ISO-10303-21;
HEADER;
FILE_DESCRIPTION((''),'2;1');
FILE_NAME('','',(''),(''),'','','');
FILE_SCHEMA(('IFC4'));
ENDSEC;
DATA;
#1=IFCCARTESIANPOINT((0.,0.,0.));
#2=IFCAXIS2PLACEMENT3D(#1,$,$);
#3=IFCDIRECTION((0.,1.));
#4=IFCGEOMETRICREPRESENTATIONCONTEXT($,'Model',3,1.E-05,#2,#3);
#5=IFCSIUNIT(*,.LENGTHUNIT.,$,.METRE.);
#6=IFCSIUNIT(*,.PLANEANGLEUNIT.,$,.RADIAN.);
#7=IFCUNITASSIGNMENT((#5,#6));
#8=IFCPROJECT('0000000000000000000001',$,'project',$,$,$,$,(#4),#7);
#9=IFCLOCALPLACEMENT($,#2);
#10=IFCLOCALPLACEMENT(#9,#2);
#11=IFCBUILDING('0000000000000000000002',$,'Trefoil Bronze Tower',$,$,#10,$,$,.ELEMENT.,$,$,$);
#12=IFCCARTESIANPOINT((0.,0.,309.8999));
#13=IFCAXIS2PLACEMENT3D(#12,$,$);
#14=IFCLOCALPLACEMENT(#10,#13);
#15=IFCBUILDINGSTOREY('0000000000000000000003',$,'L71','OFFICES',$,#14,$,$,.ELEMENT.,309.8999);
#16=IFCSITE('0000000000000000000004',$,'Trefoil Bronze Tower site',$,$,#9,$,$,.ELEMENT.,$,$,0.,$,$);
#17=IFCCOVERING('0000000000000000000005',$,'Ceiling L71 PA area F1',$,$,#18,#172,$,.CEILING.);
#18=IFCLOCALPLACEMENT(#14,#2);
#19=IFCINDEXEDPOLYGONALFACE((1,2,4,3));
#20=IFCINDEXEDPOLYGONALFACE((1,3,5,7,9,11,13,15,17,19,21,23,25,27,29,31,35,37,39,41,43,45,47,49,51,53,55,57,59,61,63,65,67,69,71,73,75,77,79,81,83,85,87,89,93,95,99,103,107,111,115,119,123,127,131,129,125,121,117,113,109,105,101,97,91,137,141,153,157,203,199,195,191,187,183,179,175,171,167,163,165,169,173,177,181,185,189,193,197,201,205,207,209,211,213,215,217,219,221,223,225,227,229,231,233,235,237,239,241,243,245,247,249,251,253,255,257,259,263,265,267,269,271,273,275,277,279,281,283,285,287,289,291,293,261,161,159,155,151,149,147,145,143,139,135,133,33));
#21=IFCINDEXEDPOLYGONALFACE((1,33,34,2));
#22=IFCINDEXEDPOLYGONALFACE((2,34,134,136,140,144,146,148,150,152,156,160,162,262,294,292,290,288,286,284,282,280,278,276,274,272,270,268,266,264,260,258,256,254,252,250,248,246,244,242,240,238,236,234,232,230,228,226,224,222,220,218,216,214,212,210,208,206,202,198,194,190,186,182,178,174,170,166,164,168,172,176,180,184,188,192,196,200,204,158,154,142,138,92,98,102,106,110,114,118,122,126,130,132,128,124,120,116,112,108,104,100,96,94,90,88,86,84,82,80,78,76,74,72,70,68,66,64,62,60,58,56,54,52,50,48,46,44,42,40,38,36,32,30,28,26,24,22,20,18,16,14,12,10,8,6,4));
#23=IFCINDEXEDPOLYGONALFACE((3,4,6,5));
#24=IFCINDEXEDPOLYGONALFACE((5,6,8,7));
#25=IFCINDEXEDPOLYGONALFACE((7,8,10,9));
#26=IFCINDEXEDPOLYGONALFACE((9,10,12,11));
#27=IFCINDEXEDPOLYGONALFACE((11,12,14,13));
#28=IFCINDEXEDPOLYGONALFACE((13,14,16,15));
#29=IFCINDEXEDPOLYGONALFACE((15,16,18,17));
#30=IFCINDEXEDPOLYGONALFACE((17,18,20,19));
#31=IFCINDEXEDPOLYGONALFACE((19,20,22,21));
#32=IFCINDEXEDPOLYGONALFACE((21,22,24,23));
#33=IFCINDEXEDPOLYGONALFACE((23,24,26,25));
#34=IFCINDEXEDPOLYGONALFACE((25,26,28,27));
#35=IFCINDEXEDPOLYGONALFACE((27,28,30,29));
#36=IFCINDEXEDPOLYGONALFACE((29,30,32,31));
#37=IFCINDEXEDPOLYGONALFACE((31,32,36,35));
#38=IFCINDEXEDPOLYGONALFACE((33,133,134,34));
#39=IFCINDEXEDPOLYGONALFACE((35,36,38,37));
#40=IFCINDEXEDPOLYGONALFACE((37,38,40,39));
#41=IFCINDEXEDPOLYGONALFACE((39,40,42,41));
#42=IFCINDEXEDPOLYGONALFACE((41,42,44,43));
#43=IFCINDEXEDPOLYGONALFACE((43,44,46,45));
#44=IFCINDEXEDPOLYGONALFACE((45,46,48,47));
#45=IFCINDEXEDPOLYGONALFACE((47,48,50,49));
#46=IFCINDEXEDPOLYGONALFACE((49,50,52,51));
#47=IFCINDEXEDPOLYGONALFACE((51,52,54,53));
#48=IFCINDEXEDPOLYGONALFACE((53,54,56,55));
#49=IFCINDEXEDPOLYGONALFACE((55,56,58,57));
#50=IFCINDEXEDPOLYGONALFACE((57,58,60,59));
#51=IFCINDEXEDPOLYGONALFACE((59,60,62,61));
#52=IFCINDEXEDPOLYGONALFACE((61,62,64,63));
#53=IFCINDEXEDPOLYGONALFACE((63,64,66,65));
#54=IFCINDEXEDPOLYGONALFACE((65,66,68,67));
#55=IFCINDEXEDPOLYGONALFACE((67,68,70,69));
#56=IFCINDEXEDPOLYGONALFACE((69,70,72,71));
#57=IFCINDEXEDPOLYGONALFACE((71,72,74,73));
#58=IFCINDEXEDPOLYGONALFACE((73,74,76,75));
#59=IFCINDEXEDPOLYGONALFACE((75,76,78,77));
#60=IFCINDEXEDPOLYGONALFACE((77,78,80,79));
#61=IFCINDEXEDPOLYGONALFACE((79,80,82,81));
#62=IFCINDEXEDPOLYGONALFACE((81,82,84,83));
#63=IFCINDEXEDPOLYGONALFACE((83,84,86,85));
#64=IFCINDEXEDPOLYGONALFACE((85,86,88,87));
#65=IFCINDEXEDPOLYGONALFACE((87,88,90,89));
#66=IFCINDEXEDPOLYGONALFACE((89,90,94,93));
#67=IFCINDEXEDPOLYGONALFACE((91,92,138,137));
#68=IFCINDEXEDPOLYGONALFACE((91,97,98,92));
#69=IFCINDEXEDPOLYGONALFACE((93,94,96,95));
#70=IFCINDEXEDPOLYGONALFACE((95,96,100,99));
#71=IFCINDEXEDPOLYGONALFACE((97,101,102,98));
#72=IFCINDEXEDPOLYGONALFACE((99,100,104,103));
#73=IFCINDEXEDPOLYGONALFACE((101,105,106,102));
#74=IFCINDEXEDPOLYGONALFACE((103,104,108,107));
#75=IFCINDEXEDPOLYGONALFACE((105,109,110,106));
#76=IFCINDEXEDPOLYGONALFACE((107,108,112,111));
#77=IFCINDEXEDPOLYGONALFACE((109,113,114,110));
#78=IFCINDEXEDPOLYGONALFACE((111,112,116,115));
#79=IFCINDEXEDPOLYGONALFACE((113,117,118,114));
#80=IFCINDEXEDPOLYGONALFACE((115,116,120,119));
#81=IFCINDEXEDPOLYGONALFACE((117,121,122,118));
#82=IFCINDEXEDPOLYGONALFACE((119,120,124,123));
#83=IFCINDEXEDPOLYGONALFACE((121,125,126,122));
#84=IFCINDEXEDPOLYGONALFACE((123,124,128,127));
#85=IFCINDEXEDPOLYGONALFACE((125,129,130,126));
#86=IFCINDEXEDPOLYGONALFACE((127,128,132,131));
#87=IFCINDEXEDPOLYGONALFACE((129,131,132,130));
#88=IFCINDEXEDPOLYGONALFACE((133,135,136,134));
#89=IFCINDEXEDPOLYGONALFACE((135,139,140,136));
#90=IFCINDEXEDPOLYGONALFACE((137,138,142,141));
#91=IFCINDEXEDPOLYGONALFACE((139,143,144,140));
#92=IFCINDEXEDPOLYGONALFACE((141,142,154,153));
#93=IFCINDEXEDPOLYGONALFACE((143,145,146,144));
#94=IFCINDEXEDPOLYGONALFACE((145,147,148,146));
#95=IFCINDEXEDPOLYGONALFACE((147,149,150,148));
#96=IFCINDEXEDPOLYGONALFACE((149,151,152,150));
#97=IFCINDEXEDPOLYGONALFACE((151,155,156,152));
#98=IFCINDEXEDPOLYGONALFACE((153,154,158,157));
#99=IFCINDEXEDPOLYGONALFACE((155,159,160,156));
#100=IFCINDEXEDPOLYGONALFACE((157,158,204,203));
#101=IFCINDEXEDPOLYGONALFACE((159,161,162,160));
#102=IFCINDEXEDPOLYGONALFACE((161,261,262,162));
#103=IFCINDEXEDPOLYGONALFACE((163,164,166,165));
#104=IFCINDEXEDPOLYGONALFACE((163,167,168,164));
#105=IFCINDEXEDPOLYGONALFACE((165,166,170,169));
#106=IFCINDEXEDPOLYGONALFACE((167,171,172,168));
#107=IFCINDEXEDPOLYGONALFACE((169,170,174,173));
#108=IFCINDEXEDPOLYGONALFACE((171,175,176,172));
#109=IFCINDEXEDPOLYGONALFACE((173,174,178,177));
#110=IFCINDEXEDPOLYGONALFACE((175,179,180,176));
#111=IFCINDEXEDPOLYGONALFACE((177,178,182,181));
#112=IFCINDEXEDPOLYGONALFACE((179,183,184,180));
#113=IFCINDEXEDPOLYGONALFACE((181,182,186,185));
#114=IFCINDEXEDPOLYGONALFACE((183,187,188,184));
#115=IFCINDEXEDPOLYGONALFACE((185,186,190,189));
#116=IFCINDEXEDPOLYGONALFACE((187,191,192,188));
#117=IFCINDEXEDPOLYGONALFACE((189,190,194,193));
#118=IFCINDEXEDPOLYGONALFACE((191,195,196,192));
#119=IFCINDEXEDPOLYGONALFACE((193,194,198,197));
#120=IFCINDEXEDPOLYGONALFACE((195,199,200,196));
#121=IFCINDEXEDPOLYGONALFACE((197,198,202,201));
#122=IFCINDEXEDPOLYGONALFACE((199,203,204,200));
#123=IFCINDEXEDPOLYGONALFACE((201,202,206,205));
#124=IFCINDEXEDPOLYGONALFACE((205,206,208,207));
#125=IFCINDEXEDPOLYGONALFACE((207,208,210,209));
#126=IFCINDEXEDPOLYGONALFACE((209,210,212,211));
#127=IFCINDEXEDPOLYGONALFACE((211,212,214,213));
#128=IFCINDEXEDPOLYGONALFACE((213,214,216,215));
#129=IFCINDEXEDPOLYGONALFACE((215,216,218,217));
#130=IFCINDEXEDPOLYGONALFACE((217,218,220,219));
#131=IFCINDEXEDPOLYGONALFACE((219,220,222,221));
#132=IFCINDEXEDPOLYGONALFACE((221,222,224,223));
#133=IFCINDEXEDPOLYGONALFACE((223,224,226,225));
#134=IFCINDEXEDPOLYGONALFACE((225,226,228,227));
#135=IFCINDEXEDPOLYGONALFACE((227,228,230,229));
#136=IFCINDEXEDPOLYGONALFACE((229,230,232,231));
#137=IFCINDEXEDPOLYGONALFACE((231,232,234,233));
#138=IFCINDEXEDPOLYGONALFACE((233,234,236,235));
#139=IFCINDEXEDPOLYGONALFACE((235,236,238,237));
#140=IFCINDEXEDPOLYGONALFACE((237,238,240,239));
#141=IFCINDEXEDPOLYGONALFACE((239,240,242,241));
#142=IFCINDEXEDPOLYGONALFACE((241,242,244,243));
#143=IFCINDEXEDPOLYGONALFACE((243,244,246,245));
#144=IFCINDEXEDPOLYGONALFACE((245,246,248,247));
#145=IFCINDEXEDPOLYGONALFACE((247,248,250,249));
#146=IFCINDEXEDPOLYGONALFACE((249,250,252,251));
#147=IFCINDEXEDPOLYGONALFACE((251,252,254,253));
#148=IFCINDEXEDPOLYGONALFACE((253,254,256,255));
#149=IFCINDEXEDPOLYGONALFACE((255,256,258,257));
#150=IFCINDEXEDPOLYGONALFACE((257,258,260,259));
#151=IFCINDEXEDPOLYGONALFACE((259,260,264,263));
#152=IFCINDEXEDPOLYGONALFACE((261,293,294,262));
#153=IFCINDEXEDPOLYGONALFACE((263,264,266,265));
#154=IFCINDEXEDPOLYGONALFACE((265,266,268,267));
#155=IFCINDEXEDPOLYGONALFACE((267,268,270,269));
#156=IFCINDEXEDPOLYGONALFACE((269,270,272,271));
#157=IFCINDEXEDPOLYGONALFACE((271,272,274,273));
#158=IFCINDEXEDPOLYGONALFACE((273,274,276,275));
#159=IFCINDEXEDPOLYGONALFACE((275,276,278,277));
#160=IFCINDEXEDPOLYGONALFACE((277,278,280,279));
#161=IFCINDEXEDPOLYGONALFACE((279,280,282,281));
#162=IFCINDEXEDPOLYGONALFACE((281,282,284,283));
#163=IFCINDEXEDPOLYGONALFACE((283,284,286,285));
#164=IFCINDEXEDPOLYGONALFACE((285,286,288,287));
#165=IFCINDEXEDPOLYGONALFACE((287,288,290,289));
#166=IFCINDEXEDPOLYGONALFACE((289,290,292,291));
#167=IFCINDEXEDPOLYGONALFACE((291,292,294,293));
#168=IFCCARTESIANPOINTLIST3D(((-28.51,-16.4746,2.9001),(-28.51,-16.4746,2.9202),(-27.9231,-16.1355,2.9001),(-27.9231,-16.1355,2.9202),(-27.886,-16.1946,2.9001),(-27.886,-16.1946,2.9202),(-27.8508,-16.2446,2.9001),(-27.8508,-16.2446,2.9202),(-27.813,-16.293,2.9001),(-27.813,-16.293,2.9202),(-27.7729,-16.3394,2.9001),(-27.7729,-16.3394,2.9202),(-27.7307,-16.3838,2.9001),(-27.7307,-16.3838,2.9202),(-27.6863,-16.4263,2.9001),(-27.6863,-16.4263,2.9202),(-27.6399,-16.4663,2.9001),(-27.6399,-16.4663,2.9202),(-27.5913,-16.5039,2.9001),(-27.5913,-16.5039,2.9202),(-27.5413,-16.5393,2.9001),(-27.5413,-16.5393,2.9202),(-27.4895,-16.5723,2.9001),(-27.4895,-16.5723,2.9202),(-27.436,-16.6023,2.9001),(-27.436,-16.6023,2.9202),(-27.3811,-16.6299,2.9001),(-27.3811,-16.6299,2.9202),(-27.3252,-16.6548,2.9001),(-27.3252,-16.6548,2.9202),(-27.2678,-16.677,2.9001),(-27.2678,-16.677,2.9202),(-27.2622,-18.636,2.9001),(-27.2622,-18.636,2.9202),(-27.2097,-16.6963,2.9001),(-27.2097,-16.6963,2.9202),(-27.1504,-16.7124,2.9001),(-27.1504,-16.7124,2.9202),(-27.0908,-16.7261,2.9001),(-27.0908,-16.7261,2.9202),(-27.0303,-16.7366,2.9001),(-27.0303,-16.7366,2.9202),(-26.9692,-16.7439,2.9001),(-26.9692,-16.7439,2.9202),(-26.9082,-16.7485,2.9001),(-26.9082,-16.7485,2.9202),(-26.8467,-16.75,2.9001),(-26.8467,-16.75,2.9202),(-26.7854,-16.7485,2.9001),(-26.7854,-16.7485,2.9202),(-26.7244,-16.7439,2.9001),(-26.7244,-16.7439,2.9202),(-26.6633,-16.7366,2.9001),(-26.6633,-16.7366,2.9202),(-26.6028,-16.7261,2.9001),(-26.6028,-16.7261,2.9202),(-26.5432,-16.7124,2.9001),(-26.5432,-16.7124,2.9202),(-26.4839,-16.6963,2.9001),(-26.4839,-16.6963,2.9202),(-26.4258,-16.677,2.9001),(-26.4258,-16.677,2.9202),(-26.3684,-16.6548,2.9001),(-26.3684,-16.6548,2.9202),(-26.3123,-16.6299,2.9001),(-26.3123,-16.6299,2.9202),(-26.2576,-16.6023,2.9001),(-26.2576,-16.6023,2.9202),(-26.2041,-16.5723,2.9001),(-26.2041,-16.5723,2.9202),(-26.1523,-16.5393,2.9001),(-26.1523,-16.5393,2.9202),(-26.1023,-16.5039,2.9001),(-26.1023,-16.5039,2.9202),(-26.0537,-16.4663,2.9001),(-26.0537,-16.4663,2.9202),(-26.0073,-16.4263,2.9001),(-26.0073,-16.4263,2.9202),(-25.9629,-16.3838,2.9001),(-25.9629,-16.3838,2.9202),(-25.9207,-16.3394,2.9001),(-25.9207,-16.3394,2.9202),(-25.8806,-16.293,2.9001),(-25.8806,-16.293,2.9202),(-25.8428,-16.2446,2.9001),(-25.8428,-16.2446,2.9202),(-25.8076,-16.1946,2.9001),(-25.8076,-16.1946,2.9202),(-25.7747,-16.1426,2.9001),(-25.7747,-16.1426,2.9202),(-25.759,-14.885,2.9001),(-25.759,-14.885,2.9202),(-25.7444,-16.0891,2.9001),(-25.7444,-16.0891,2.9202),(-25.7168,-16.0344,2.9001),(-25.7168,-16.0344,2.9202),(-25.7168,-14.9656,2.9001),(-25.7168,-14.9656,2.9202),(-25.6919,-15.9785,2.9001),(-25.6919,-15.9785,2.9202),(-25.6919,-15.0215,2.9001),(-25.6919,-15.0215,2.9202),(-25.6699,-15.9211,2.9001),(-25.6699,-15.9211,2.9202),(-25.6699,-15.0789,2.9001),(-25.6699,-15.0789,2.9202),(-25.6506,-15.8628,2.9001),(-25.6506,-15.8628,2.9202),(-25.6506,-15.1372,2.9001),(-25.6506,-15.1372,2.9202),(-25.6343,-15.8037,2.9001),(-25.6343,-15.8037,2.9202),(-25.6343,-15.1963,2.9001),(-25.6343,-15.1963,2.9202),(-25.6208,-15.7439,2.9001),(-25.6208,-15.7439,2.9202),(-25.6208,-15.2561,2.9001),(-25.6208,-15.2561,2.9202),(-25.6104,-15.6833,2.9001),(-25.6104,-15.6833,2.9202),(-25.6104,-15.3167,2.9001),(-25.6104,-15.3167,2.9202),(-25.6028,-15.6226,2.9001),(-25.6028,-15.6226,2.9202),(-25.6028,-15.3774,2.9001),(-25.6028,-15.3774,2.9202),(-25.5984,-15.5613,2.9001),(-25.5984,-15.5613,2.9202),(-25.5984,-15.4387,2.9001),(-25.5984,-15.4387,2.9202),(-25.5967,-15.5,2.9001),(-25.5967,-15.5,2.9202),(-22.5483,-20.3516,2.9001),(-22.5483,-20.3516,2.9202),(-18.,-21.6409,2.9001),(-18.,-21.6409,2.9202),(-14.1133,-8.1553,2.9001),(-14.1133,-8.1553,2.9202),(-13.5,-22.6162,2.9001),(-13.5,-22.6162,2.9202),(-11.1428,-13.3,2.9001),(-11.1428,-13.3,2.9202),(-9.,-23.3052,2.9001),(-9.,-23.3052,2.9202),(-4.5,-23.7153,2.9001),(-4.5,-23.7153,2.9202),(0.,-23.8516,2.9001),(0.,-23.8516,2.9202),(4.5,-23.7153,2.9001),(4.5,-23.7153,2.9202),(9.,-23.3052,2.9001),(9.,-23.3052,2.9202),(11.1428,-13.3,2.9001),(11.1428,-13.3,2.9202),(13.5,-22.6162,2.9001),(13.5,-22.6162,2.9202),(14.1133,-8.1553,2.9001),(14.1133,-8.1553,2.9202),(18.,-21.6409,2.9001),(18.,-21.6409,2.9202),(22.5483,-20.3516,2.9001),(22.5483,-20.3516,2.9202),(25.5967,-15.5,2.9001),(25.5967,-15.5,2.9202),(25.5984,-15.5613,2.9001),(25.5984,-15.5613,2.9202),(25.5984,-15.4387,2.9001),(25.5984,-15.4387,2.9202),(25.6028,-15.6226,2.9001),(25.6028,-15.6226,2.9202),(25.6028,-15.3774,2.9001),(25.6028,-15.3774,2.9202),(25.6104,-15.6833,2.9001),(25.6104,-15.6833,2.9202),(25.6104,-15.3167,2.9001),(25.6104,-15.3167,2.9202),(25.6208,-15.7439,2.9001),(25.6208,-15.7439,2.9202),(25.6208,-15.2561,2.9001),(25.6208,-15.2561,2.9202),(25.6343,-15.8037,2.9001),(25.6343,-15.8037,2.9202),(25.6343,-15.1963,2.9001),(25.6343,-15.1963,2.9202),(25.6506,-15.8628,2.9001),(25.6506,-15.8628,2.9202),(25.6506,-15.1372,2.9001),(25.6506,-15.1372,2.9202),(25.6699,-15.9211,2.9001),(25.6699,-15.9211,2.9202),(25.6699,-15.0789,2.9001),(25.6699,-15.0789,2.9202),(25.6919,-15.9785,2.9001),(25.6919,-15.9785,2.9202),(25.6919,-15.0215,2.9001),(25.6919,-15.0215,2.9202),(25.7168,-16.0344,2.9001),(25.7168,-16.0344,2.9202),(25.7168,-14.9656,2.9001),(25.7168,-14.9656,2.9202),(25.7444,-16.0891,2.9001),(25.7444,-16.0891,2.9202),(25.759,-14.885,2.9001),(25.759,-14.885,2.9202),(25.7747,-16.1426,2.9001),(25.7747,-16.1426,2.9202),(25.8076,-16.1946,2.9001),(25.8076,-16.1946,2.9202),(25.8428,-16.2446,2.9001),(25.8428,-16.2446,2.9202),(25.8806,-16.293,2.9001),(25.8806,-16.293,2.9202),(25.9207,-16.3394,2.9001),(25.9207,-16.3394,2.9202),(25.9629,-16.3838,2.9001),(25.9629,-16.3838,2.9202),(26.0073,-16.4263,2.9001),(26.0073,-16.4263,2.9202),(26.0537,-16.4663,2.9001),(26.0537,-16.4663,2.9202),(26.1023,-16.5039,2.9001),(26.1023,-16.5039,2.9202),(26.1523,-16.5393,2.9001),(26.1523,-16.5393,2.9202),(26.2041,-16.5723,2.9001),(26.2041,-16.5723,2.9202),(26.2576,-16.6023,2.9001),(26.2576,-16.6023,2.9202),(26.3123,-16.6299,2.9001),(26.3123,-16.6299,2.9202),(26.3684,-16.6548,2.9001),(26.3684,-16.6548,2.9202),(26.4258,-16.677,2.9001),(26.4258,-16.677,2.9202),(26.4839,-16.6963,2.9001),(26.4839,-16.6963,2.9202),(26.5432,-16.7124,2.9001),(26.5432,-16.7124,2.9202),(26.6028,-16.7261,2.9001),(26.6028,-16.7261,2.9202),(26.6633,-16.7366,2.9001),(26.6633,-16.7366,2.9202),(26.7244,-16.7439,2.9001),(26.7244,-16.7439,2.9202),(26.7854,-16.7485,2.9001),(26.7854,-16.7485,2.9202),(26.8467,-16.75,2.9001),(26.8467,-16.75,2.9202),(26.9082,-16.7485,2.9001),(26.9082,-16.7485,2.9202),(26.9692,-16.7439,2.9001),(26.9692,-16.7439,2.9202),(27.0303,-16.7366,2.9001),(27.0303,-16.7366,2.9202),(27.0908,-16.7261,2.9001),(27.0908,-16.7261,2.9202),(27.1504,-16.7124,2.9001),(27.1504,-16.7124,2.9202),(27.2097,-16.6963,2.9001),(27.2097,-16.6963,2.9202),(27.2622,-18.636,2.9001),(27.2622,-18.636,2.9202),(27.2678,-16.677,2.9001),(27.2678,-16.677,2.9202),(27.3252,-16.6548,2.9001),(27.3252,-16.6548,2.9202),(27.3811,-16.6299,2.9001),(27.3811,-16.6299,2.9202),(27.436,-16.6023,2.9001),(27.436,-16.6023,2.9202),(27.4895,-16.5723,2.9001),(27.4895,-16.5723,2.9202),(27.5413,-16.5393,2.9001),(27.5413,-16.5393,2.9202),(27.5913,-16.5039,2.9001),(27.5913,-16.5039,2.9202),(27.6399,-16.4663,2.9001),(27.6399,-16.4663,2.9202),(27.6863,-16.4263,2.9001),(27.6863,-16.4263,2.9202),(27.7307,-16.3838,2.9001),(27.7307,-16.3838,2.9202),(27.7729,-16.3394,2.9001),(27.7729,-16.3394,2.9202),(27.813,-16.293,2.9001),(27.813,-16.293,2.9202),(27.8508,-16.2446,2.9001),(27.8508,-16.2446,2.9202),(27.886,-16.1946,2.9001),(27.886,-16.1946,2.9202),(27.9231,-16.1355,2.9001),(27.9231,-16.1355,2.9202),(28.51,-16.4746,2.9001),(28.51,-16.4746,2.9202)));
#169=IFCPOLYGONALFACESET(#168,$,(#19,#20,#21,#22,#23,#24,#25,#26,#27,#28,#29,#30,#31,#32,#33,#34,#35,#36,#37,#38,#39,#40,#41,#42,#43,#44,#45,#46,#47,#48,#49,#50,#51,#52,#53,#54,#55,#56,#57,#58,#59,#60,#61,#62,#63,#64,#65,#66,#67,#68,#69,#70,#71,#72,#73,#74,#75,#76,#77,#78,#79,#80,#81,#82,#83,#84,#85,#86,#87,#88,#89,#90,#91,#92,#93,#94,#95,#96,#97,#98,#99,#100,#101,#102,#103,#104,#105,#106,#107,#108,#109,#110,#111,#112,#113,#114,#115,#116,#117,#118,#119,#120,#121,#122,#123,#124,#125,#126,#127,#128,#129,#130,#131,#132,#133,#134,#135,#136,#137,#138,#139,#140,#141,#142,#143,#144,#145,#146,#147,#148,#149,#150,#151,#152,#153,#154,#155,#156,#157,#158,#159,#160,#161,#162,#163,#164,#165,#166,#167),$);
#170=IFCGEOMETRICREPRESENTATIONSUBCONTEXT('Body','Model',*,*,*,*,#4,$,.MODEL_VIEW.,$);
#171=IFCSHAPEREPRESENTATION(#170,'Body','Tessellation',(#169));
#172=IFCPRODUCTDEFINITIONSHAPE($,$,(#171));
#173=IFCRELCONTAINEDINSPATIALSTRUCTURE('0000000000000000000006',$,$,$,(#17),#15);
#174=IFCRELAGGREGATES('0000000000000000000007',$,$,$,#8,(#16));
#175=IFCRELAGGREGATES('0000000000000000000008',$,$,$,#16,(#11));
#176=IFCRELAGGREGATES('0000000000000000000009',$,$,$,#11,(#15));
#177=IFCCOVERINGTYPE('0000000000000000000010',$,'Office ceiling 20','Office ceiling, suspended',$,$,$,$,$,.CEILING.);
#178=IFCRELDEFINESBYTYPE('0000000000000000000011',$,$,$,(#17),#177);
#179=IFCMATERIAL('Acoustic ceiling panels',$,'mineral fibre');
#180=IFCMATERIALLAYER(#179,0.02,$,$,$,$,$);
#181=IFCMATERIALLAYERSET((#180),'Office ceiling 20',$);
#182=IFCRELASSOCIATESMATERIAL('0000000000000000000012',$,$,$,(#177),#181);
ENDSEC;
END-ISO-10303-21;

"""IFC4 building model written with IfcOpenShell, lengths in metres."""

from ifc_helpers import new_model, si_unit, direction, frame, origin, place, context, subcontext, project, spatial, polyline, outline, extrude, material, layer, layer_set, type_object, element, save


model = new_model("IFC4")

# Units and contexts
model_context = context("Model", 3, precision=1e-05, world=origin(), true_north=direction((0.0, 1.0)))
body_context = subcontext(model_context, "Body", "Model", "MODEL_VIEW")
ifc_project = project(units=[si_unit("LENGTHUNIT", "METRE"), si_unit("PLANEANGLEUNIT", "RADIAN")], contexts=[model_context])

# Site, building, storey
site_placement = place(None, origin())
site = spatial("IfcSite", under=ifc_project, at=site_placement, Name="Trefoil Bronze Tower site", CompositionType="ELEMENT", RefElevation=0.0)
building_placement = place(site_placement, origin())
building = spatial("IfcBuilding", under=site, at=building_placement, Name="Trefoil Bronze Tower", CompositionType="ELEMENT")
storey_placement = place(building_placement, frame((0.0, 0.0, 309.8999)))
storey = spatial("IfcBuildingStorey", under=building, at=storey_placement, Name="L71", Description="OFFICES", CompositionType="ELEMENT", Elevation=309.8999)

# Covering
ifc_material_1 = material(Name="Acoustic ceiling panels", Category="mineral fibre")
ifc_layer_1 = layer(ifc_material_1, 0.02)
ifc_layer_set_1 = layer_set([ifc_layer_1], Name="Office ceiling 20")
covering_type = type_object("IfcCoveringType", Name="Office ceiling 20", Description="Office ceiling, suspended", PredefinedType="CEILING", material=ifc_layer_set_1)
covering_placement = place(storey_placement, frame((0.0, 0.0, 2.9001)))
element("IfcCovering", 1, at=covering_placement, inside=storey, type_object=covering_type, Name="Ceiling L71 PA area F1", PredefinedType="CEILING", context=body_context, shape_type="SweptSolid", body=[
    extrude(outline(polyline([(-27.886, -16.1946), (-27.8508, -16.2446), (-27.813, -16.293), (-27.7729, -16.3394), (-27.7307, -16.3838), (-27.6863, -16.4263), (-27.6399, -16.4663), (-27.5913, -16.5039), (-27.5413, -16.5393), (-27.4895, -16.5723), (-27.436, -16.6023), (-27.3811, -16.6299), (-27.3252, -16.6548), (-27.2678, -16.677), (-27.2097, -16.6963), (-27.1504, -16.7124), (-27.0908, -16.7261), (-27.0303, -16.7366), (-26.9692, -16.7439), (-26.9082, -16.7485), (-26.8467, -16.75), (-26.7854, -16.7485), (-26.7244, -16.7439), (-26.6633, -16.7366), (-26.6028, -16.7261), (-26.5432, -16.7124), (-26.4839, -16.6963), (-26.4258, -16.677), (-26.3684, -16.6548), (-26.3123, -16.6299), (-26.2576, -16.6023), (-26.2041, -16.5723), (-26.1523, -16.5393), (-26.1023, -16.5039), (-26.0537, -16.4663), (-26.0073, -16.4263), (-25.9629, -16.3838), (-25.9207, -16.3394), (-25.8806, -16.293), (-25.8428, -16.2446), (-25.8076, -16.1946), (-25.7747, -16.1426), (-25.7444, -16.0891), (-25.7168, -16.0344), (-25.6919, -15.9785), (-25.6699, -15.9211), (-25.6506, -15.8628), (-25.6343, -15.8037), (-25.6208, -15.7439), (-25.6104, -15.6833), (-25.6028, -15.6226), (-25.5984, -15.5613), (-25.5967, -15.5), (-25.5984, -15.4387), (-25.6028, -15.3774), (-25.6104, -15.3167), (-25.6208, -15.2561), (-25.6343, -15.1963), (-25.6506, -15.1372), (-25.6699, -15.0789), (-25.6919, -15.0215), (-25.7168, -14.9656), (-25.759, -14.885), (-14.1133, -8.1553), (-11.1428, -13.3), (11.1428, -13.3), (14.1133, -8.1553), (25.759, -14.885), (25.7168, -14.9656), (25.6919, -15.0215), (25.6699, -15.0789), (25.6506, -15.1372), (25.6343, -15.1963), (25.6208, -15.2561), (25.6104, -15.3167), (25.6028, -15.3774), (25.5984, -15.4387), (25.5967, -15.5), (25.5984, -15.5613), (25.6028, -15.6226), (25.6104, -15.6833), (25.6208, -15.7439), (25.6343, -15.8037), (25.6506, -15.8628), (25.6699, -15.9211), (25.6919, -15.9785), (25.7168, -16.0344), (25.7444, -16.0891), (25.7747, -16.1426), (25.8076, -16.1946), (25.8428, -16.2446), (25.8806, -16.293), (25.9207, -16.3394), (25.9629, -16.3838), (26.0073, -16.4263), (26.0537, -16.4663), (26.1023, -16.5039), (26.1523, -16.5393), (26.2041, -16.5723), (26.2576, -16.6023), (26.3123, -16.6299), (26.3684, -16.6548), (26.4258, -16.677), (26.4839, -16.6963), (26.5432, -16.7124), (26.6028, -16.7261), (26.6633, -16.7366), (26.7244, -16.7439), (26.7854, -16.7485), (26.8467, -16.75), (26.9082, -16.7485), (26.9692, -16.7439), (27.0303, -16.7366), (27.0908, -16.7261), (27.1504, -16.7124), (27.2097, -16.6963), (27.2678, -16.677), (27.3252, -16.6548), (27.3811, -16.6299), (27.436, -16.6023), (27.4895, -16.5723), (27.5413, -16.5393), (27.5913, -16.5039), (27.6399, -16.4663), (27.6863, -16.4263), (27.7307, -16.3838), (27.7729, -16.3394), (27.813, -16.293), (27.8508, -16.2446), (27.886, -16.1946), (27.9231, -16.1355), (28.51, -16.4746), (27.2622, -18.636), (22.5483, -20.3516), (18.0, -21.6409), (13.5, -22.6162), (9.0, -23.3052), (4.5, -23.7153), (0.0, -23.8516), (-4.5, -23.7153), (-9.0, -23.3052), (-13.5, -22.6162), (-18.0, -21.6409), (-22.5483, -20.3516), (-27.2622, -18.636), (-28.51, -16.4746), (-27.9231, -16.1355), (-27.886, -16.1946)])), origin(), (0.0, 0.0, 1.0), 0.02),
])

save(model, "model.ifc")
